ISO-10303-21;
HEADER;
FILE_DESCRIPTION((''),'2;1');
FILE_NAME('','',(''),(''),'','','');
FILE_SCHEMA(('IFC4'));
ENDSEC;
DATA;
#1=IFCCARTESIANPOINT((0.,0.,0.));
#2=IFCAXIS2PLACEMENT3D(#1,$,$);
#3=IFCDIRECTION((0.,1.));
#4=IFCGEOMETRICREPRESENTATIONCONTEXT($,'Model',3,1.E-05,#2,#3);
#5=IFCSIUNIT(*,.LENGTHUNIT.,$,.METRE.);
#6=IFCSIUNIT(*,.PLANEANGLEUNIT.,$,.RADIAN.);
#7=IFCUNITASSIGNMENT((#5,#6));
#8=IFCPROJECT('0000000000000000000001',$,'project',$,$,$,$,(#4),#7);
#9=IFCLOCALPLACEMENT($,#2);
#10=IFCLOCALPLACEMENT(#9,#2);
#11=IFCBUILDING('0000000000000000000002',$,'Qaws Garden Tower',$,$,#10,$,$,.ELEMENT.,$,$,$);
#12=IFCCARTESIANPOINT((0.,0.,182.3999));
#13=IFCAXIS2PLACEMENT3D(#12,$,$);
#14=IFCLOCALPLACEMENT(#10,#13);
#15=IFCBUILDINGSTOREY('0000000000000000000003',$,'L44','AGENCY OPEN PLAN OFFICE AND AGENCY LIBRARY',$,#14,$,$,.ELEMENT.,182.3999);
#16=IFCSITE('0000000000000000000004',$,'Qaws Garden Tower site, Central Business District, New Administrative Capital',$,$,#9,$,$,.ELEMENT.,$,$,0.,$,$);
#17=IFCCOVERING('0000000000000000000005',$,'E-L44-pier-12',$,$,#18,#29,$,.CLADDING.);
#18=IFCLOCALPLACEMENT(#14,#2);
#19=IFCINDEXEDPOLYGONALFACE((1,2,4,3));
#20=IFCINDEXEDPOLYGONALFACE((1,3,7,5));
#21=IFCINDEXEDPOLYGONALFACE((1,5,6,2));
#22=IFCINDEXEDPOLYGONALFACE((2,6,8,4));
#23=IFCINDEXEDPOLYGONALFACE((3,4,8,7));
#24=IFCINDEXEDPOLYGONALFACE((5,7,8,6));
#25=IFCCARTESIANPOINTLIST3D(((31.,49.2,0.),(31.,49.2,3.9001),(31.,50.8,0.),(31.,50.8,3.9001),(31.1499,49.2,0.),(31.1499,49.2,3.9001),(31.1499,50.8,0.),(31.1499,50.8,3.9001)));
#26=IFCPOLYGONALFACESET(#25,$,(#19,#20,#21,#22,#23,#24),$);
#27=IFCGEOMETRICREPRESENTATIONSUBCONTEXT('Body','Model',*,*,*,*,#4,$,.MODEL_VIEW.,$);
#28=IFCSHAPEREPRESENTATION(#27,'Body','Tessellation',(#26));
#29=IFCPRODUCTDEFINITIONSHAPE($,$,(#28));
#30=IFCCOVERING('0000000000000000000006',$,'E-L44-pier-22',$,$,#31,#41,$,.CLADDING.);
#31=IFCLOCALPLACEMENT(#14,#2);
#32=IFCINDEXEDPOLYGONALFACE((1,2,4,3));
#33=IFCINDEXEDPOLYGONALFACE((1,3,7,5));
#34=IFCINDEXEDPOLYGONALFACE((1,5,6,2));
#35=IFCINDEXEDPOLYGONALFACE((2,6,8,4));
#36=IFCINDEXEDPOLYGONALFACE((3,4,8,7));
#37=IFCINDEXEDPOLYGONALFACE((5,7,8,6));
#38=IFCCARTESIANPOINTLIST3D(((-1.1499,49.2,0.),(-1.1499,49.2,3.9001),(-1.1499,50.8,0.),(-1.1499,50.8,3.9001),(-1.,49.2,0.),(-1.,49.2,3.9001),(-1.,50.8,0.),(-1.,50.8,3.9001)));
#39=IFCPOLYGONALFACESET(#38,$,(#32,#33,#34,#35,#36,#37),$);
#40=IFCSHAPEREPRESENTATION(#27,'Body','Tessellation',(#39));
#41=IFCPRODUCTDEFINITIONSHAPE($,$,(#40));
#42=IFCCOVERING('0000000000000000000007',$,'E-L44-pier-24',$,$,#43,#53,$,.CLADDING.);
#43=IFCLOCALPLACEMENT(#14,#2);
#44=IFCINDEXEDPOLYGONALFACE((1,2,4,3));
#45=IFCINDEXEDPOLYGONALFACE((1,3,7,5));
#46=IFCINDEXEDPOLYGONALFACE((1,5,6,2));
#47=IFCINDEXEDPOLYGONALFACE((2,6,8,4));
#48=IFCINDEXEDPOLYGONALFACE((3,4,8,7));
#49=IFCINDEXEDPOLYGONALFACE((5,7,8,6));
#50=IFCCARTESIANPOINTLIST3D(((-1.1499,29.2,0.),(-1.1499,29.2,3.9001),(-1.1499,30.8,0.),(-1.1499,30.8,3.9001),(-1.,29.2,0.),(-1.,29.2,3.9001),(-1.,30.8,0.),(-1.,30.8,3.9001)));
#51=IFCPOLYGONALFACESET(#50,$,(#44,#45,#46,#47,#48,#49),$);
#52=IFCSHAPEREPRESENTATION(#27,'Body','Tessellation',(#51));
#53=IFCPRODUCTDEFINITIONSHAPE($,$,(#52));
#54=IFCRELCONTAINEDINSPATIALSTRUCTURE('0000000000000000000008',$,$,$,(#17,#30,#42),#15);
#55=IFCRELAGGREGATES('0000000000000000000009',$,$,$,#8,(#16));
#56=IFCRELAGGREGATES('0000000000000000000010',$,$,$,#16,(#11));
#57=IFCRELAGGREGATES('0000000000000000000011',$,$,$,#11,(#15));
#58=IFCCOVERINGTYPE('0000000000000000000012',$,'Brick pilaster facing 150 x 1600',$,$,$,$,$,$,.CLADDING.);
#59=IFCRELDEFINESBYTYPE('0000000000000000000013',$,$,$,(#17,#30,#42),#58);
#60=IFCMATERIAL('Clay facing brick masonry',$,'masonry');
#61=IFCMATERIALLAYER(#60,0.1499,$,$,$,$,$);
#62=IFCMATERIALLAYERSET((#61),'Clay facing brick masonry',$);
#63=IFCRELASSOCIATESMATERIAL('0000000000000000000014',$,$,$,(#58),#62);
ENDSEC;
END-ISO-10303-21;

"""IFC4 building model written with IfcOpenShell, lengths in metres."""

from ifc_helpers import new_model, si_unit, direction, frame, origin, place, context, subcontext, project, spatial, polyline, outline, extrude, material, layer, layer_set, type_object, element, save


model = new_model("IFC4")

# Units and contexts
model_context = context("Model", 3, precision=1e-05, world=origin(), true_north=direction((0.0, 1.0)))
body_context = subcontext(model_context, "Body", "Model", "MODEL_VIEW")
ifc_project = project(units=[si_unit("LENGTHUNIT", "METRE"), si_unit("PLANEANGLEUNIT", "RADIAN")], contexts=[model_context])

# Site, building, storey
site_placement = place(None, origin())
site = spatial("IfcSite", under=ifc_project, at=site_placement, Name="Qaws Garden Tower site, Central Business District, New Administrative Capital", CompositionType="ELEMENT", RefElevation=0.0)
building_placement = place(site_placement, origin())
building = spatial("IfcBuilding", under=site, at=building_placement, Name="Qaws Garden Tower", CompositionType="ELEMENT")
storey_placement = place(building_placement, frame((0.0, 0.0, 182.3999)))
storey = spatial("IfcBuildingStorey", under=building, at=storey_placement, Name="L44", Description="AGENCY OPEN PLAN OFFICE AND AGENCY LIBRARY", CompositionType="ELEMENT", Elevation=182.3999)

# Shared definitions
placement = place(storey_placement, origin())

# Coverings
ifc_material_1 = material(Name="Clay facing brick masonry", Category="masonry")
ifc_layer_1 = layer(ifc_material_1, 0.1499)
ifc_layer_set_1 = layer_set([ifc_layer_1], Name="Clay facing brick masonry")
covering_type = type_object("IfcCoveringType", Name="Brick pilaster facing 150 x 1600", PredefinedType="CLADDING", material=ifc_layer_set_1)
element("IfcCovering", 1, at=placement, inside=storey, type_object=covering_type, Name="E-L44-pier-12", PredefinedType="CLADDING", context=body_context, shape_type="SweptSolid", body=[
    extrude(outline(polyline([(31.0, 49.2), (31.0, 50.8), (31.1499, 50.8), (31.1499, 49.2), (31.0, 49.2)])), origin(), (0.0, 0.0, 1.0), 3.9001),
])
element("IfcCovering", 2, at=placement, inside=storey, type_object=covering_type, Name="E-L44-pier-22", PredefinedType="CLADDING", context=body_context, shape_type="SweptSolid", body=[
    extrude(outline(polyline([(-1.0, 50.8), (-1.0, 49.2), (-1.1499, 49.2), (-1.1499, 50.8), (-1.0, 50.8)])), origin(), (0.0, 0.0, 1.0), 3.9001),
])
element("IfcCovering", 3, at=placement, inside=storey, type_object=covering_type, Name="E-L44-pier-24", PredefinedType="CLADDING", context=body_context, shape_type="SweptSolid", body=[
    extrude(outline(polyline([(-1.0, 30.8), (-1.0, 29.2), (-1.1499, 29.2), (-1.1499, 30.8), (-1.0, 30.8)])), origin(), (0.0, 0.0, 1.0), 3.9001),
])

save(model, "model.ifc")
